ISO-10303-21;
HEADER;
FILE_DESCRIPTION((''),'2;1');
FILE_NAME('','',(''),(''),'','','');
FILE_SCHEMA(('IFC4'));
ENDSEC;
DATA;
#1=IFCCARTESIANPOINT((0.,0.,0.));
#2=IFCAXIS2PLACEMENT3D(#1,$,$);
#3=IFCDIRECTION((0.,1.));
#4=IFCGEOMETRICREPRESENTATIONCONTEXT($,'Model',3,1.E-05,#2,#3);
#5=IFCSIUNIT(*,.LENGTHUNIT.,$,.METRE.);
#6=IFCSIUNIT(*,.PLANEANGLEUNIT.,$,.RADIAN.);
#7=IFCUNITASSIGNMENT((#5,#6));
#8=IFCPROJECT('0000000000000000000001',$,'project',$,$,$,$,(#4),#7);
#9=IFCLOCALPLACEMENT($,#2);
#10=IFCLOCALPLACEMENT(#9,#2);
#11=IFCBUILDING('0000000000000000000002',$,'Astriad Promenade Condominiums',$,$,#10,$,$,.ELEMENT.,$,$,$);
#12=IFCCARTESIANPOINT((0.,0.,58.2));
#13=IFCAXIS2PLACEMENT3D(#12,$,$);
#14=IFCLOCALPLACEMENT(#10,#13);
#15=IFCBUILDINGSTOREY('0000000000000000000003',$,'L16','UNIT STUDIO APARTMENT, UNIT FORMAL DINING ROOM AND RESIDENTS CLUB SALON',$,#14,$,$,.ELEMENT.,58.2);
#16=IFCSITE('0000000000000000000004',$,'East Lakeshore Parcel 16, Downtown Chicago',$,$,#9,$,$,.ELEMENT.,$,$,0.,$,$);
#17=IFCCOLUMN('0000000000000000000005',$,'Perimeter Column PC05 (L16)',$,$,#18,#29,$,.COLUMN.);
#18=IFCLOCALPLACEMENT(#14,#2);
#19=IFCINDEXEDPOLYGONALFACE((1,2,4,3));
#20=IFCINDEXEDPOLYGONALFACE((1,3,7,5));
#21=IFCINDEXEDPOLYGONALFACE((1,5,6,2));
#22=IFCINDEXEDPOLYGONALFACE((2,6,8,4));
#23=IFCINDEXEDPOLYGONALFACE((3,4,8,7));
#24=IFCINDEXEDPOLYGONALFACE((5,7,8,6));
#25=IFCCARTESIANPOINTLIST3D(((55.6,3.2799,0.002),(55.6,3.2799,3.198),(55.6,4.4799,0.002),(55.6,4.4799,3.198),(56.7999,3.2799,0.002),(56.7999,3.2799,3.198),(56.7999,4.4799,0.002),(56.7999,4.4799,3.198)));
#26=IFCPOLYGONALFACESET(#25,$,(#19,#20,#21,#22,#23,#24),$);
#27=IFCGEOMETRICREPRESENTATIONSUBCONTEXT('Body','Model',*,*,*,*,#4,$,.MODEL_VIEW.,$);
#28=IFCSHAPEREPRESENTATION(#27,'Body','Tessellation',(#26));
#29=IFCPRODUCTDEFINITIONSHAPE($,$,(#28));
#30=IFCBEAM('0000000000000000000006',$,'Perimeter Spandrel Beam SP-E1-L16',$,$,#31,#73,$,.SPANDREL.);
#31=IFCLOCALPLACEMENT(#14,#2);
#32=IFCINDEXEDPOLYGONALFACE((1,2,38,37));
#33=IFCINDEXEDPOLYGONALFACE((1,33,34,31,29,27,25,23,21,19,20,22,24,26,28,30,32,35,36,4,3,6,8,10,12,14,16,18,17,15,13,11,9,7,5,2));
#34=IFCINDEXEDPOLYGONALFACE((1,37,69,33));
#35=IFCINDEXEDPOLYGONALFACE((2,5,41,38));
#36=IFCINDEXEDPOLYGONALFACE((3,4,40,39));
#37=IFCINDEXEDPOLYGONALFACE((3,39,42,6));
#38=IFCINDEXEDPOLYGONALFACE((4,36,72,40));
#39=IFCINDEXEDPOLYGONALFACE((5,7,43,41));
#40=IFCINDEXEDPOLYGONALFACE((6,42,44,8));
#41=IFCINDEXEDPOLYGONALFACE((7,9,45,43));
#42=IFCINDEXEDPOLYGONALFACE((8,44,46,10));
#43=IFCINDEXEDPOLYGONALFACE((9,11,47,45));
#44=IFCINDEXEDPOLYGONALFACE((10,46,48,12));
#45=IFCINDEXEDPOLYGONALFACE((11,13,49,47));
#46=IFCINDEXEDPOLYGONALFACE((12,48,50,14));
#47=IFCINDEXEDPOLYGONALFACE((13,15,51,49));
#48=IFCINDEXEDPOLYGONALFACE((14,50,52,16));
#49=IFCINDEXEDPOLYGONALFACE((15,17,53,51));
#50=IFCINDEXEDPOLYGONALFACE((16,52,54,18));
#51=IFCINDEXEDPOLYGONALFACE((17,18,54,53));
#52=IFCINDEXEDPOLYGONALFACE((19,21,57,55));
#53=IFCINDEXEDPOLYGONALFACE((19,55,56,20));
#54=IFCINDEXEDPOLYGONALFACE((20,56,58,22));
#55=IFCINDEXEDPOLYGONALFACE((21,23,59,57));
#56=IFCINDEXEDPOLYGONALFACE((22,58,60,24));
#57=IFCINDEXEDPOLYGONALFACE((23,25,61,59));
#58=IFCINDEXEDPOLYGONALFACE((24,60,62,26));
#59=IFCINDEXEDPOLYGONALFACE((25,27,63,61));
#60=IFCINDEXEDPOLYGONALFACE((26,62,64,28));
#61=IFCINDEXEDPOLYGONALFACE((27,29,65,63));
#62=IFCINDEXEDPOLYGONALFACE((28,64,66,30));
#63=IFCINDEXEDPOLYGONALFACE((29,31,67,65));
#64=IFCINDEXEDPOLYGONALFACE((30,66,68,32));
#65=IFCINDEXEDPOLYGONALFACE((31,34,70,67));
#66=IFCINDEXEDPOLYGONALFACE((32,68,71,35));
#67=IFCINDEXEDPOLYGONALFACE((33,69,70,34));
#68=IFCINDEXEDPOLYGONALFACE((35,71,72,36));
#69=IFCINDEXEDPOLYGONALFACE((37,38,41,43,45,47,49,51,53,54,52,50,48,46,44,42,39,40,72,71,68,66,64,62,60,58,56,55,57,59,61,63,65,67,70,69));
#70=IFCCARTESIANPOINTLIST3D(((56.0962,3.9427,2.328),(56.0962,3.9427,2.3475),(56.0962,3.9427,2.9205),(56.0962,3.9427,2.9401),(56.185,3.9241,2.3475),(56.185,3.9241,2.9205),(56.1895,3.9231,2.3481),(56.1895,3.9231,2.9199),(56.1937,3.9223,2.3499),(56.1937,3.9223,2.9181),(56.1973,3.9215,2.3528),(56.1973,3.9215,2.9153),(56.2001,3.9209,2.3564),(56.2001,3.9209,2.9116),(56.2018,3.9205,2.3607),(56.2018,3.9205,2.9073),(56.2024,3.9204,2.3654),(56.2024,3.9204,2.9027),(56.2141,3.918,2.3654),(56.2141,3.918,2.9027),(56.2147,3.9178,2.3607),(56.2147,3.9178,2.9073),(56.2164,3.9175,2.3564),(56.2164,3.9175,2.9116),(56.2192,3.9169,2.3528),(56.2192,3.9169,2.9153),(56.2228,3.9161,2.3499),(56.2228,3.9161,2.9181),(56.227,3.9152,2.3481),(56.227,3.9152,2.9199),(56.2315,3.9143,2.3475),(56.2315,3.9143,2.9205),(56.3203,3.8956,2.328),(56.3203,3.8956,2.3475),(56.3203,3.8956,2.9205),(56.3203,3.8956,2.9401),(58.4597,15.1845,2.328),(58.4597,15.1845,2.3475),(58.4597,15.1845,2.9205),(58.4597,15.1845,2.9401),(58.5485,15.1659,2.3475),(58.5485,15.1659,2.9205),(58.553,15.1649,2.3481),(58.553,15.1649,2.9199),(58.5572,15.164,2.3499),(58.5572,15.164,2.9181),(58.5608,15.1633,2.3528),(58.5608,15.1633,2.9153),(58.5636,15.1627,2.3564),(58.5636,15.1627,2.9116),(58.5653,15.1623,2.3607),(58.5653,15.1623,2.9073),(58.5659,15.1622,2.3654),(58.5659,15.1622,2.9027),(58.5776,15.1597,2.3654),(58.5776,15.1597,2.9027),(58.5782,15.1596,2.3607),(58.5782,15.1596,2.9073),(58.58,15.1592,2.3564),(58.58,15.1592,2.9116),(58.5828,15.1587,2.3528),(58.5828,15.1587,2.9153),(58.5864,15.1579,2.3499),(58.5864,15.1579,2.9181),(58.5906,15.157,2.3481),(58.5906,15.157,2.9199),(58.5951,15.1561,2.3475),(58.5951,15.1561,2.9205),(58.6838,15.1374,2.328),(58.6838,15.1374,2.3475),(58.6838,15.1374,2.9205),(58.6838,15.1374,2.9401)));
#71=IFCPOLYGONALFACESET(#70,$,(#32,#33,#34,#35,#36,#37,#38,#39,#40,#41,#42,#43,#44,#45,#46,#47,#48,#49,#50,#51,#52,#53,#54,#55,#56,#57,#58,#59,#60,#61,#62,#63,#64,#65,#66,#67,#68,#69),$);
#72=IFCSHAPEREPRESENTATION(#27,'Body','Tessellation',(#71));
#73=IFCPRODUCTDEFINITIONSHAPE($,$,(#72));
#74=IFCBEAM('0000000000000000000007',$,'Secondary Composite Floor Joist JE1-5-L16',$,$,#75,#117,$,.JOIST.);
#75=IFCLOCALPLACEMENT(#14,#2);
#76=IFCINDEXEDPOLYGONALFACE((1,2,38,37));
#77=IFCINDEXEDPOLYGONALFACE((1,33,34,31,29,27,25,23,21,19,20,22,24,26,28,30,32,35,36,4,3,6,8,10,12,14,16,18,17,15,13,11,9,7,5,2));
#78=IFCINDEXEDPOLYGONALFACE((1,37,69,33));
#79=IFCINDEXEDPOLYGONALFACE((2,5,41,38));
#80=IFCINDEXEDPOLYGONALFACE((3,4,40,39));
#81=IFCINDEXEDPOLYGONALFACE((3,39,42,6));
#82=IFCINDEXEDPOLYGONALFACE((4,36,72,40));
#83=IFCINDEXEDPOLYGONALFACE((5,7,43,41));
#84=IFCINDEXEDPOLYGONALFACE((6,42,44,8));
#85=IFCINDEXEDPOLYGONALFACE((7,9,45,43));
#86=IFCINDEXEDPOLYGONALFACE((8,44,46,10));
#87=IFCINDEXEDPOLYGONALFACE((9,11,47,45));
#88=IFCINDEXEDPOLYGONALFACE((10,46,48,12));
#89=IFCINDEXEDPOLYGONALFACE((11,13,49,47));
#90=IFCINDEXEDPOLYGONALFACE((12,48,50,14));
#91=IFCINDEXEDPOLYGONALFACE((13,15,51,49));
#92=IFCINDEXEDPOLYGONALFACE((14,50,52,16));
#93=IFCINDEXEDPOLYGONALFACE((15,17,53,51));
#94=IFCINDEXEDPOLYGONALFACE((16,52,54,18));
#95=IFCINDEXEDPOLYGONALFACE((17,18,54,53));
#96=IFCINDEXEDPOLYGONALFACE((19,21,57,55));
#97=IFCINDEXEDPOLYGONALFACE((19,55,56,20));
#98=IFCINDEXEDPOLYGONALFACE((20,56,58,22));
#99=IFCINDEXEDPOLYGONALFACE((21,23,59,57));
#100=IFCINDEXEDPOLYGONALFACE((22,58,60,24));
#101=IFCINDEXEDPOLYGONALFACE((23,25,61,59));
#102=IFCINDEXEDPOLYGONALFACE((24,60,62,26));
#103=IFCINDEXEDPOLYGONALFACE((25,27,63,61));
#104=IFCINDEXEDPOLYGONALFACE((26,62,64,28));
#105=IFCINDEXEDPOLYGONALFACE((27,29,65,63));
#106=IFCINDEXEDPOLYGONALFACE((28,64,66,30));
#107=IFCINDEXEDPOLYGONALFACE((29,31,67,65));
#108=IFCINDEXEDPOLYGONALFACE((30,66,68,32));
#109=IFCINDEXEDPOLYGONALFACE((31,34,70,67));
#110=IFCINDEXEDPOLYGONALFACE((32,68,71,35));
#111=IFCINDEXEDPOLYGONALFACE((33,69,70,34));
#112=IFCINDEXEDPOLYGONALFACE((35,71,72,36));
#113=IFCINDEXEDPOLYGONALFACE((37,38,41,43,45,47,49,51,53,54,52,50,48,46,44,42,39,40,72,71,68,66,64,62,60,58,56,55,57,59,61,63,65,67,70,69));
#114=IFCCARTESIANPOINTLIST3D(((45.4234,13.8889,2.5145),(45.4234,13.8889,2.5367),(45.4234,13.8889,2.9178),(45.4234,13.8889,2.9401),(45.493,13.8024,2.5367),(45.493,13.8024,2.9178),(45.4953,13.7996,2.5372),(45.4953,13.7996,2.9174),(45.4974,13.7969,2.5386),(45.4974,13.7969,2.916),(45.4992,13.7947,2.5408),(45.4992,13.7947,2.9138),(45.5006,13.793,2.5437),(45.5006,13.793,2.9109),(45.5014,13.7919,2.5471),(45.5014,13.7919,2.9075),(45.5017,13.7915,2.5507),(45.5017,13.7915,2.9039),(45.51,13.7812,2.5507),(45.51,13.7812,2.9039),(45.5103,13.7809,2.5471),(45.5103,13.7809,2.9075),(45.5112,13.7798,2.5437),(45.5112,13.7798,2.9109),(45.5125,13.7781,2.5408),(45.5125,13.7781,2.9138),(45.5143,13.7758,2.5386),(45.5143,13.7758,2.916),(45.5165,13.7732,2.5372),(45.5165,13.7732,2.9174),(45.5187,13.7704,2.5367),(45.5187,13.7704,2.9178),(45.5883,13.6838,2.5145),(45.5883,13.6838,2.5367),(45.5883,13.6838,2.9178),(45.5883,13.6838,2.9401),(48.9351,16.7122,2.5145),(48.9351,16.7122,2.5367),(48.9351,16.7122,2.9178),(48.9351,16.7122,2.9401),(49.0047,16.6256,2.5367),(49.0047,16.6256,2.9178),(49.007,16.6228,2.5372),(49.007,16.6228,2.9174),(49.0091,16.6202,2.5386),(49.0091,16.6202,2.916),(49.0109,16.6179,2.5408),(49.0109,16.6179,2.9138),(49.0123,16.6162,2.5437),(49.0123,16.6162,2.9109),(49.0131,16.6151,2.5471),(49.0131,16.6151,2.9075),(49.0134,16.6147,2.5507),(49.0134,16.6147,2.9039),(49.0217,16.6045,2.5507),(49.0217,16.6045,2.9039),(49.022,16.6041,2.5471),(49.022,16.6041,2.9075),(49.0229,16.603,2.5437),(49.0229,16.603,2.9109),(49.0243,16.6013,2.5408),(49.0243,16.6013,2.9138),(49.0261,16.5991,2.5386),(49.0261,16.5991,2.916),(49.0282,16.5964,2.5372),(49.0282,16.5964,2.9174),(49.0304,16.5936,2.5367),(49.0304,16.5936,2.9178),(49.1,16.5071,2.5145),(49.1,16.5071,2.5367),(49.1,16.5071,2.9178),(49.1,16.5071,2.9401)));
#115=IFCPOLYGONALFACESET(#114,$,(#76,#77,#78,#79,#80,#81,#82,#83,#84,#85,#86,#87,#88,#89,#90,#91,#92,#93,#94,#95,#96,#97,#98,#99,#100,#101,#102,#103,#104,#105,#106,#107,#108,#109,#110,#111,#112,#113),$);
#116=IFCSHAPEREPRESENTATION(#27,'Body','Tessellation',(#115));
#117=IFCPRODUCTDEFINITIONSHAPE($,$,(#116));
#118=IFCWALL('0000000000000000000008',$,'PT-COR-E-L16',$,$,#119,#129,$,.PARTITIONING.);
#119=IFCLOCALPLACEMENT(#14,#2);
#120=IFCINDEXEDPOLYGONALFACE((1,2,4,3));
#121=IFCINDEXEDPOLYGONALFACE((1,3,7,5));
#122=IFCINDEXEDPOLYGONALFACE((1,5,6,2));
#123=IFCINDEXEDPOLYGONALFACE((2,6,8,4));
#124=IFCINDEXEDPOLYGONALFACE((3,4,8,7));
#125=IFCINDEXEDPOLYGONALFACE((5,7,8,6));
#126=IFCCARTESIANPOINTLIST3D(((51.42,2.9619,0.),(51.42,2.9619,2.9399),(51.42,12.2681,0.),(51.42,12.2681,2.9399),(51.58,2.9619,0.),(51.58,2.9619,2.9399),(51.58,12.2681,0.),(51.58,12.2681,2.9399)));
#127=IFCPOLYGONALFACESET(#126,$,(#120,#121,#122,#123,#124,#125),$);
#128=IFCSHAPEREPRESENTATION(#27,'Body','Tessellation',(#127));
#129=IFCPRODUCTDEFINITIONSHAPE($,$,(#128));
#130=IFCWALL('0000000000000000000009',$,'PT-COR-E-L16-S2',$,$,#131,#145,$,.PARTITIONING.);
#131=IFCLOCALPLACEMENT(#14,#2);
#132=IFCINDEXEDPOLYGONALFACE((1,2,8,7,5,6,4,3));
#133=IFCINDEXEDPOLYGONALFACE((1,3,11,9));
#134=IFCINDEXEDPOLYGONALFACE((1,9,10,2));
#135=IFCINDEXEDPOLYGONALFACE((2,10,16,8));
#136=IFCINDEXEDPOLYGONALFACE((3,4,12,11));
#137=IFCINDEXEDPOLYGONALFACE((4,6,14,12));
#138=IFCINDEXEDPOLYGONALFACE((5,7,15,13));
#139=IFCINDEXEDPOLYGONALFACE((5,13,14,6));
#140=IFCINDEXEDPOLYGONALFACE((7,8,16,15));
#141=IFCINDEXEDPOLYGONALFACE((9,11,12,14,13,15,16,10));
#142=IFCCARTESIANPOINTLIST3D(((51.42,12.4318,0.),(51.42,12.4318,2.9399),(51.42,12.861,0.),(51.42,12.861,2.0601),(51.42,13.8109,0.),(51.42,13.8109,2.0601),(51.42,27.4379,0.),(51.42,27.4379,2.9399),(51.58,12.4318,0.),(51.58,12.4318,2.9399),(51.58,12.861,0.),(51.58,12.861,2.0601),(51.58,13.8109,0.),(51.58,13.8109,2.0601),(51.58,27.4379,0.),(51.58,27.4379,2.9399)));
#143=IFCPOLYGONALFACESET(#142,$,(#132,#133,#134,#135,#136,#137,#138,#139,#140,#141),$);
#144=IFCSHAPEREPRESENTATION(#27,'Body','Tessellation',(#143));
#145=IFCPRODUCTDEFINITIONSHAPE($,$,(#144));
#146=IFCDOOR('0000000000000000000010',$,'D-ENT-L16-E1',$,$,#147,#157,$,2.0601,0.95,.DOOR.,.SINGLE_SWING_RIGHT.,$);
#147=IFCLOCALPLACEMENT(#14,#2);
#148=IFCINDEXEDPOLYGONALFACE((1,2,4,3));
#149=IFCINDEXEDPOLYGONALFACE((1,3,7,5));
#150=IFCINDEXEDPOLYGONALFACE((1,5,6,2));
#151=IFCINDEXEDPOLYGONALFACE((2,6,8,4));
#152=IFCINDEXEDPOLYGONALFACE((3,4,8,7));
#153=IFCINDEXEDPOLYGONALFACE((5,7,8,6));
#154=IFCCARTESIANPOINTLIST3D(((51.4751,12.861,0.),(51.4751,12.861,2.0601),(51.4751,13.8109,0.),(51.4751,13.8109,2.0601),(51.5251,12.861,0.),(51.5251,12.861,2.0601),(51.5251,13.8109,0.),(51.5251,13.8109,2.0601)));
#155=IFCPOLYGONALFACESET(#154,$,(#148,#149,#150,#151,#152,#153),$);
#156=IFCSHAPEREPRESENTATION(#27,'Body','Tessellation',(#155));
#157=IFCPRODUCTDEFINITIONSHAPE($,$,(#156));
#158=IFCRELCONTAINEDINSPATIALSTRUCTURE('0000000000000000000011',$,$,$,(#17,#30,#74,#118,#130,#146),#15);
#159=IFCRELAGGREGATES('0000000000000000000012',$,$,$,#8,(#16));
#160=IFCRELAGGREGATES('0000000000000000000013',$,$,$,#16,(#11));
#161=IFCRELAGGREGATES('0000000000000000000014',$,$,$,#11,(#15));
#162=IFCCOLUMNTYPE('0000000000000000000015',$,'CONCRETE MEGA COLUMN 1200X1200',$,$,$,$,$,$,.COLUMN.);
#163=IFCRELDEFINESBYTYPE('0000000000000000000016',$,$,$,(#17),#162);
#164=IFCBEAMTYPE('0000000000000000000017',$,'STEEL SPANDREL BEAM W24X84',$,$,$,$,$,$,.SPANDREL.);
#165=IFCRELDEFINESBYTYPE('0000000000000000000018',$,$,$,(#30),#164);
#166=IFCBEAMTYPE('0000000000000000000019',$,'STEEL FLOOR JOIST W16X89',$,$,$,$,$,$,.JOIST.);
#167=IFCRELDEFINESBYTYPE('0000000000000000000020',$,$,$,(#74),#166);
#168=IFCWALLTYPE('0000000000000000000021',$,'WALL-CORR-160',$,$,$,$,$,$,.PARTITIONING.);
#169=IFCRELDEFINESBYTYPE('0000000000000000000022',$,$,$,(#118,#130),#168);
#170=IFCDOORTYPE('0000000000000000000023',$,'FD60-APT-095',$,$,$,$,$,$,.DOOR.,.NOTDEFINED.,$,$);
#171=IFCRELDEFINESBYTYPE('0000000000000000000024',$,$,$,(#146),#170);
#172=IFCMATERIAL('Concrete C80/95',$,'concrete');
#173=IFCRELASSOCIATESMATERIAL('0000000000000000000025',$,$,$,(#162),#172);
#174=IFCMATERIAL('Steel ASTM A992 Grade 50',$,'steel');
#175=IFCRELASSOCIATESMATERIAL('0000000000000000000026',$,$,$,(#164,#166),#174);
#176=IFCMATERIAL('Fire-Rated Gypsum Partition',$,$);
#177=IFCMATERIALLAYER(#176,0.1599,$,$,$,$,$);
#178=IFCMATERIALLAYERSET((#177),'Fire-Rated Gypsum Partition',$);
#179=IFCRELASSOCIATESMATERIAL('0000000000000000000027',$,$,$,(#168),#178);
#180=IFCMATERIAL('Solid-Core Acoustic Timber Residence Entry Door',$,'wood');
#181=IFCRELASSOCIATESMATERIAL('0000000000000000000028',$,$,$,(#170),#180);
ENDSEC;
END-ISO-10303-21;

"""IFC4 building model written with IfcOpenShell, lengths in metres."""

from ifc_helpers import new_model, si_unit, direction, frame, frame_2d, origin, origin_2d, place, context, subcontext, project, spatial, rectangle, i_section, extrude, source, transform, mapped, material, layer, layer_set, material_profile, profile_set, type_object, type_shapes, element, fill, save


model = new_model("IFC4")

# Units and contexts
model_context = context("Model", 3, precision=1e-05, world=origin(), true_north=direction((0.0, 1.0)))
body_context = subcontext(model_context, "Body", "Model", "MODEL_VIEW")
ifc_project = project(units=[si_unit("LENGTHUNIT", "METRE"), si_unit("PLANEANGLEUNIT", "RADIAN")], contexts=[model_context])

# Site, building, storey
site_placement = place(None, origin())
site = spatial("IfcSite", under=ifc_project, at=site_placement, Name="East Lakeshore Parcel 16, Downtown Chicago", CompositionType="ELEMENT", RefElevation=0.0)
building_placement = place(site_placement, origin())
building = spatial("IfcBuilding", under=site, at=building_placement, Name="Astriad Promenade Condominiums", CompositionType="ELEMENT")
storey_placement = place(building_placement, frame((0.0, 0.0, 58.2)))
storey = spatial("IfcBuildingStorey", under=building, at=storey_placement, Name="L16", Description="UNIT STUDIO APARTMENT, UNIT FORMAL DINING ROOM AND RESIDENTS CLUB SALON", CompositionType="ELEMENT", Elevation=58.2)

# Column
ifc_material_1 = material(Name="Concrete C80/95", Category="concrete")
ifc_material_profile_1 = material_profile(ifc_material_1, rectangle(XDim=1.2, YDim=1.2, at=origin_2d()), Name="RC-COL-1200X1200")
ifc_profile_set_1 = profile_set([ifc_material_profile_1], Name="Concrete C80/95")
column_type = type_object("IfcColumnType", Name="CONCRETE MEGA COLUMN 1200X1200", PredefinedType="COLUMN", material=ifc_profile_set_1)
shared_shape_1 = source(origin(), body_context, "Body", "SweptSolid", [
    extrude(rectangle(XDim=1.2, YDim=1.2, at=origin_2d()), origin(), (0.0, 0.0, 1.0), 3.196),
])
type_shapes(column_type, [shared_shape_1])
column_placement = place(storey_placement, frame((56.2, 3.8799, 0.002), z_axis=(0.0, 0.0, 1.0), x_axis=(1.0, 0.0, 0.0)))
element("IfcColumn", 1, at=column_placement, inside=storey, type_object=column_type, Name="Perimeter Column PC05 (L16)", PredefinedType="COLUMN", context=body_context, shape_type="MappedRepresentation", body=[
    mapped(shared_shape_1, transform((0.0, 0.0, 0.0), scale=1.0)),
])

# Beams
ifc_material_2 = material(Name="Steel ASTM A992 Grade 50", Category="steel")
ifc_material_profile_2 = material_profile(ifc_material_2, i_section(OverallWidth=0.229, OverallDepth=0.6121, WebThickness=0.012, FlangeThickness=0.0195, FilletRadius=0.0178, at=origin_2d()), Name="W24X84")
ifc_profile_set_2 = profile_set([ifc_material_profile_2], Name="Steel ASTM A992 Grade 50")
beam_type_1 = type_object("IfcBeamType", Name="STEEL SPANDREL BEAM W24X84", PredefinedType="SPANDREL", material=ifc_profile_set_2)
shared_shape_2 = source(origin(), body_context, "Body", "SweptSolid", [
    extrude(i_section(OverallWidth=0.229, OverallDepth=0.6121, WebThickness=0.012, FlangeThickness=0.0195, FilletRadius=0.0178, at=origin_2d()), origin(), (0.0, 0.0, 1.0), 11.4875),
])
type_shapes(beam_type_1, [shared_shape_2])
beam_1_placement = place(storey_placement, frame((56.2083, 3.9192, 2.634), z_axis=(0.205748, 0.978605, 0.0), x_axis=(-0.978605, 0.205748, 0.0)))
element("IfcBeam", 2, at=beam_1_placement, inside=storey, type_object=beam_type_1, Name="Perimeter Spandrel Beam SP-E1-L16", PredefinedType="SPANDREL", context=body_context, shape_type="MappedRepresentation", body=[
    mapped(shared_shape_2, transform((0.0, 0.0, 0.0), scale=1.0)),
])
ifc_material_profile_3 = material_profile(ifc_material_2, i_section(OverallWidth=0.2632, OverallDepth=0.4255, WebThickness=0.0132, FlangeThickness=0.0222, FilletRadius=0.0139, at=origin_2d()), Name="W16X89")
ifc_profile_set_3 = profile_set([ifc_material_profile_3], Name="Steel ASTM A992 Grade 50")
beam_type_2 = type_object("IfcBeamType", Name="STEEL FLOOR JOIST W16X89", PredefinedType="JOIST", material=ifc_profile_set_3)
shared_shape_3 = source(origin(), body_context, "Body", "SweptSolid", [
    extrude(i_section(OverallWidth=0.2632, OverallDepth=0.4255, WebThickness=0.0132, FlangeThickness=0.0222, FilletRadius=0.0139, at=origin_2d()), origin(), (0.0, 0.0, 1.0), 4.5059),
])
type_shapes(beam_type_2, [shared_shape_3])
beam_2_placement = place(storey_placement, frame((45.5059, 13.7864, 2.7273), z_axis=(0.779365, 0.62657, 0.0), x_axis=(-0.62657, 0.779365, 0.0)))
element("IfcBeam", 3, at=beam_2_placement, inside=storey, type_object=beam_type_2, Name="Secondary Composite Floor Joist JE1-5-L16", PredefinedType="JOIST", context=body_context, shape_type="MappedRepresentation", body=[
    mapped(shared_shape_3, transform((0.0, 0.0, 0.0), scale=1.0)),
])

# Wall
ifc_material_3 = material(Name="Fire-Rated Gypsum Partition")
ifc_layer_1 = layer(ifc_material_3, 0.1599)
ifc_layer_set_1 = layer_set([ifc_layer_1], Name="Fire-Rated Gypsum Partition")
wall_type_1 = type_object("IfcWallType", Name="WALL-CORR-160", PredefinedType="PARTITIONING", material=ifc_layer_set_1)
wall_1_placement = place(storey_placement, frame((51.5, 2.9619, 0.0), z_axis=(0.0, 0.0, 1.0), x_axis=(0.0, 1.0, 0.0)))
element("IfcWall", 4, at=wall_1_placement, inside=storey, type_object=wall_type_1, Name="PT-COR-E-L16", PredefinedType="PARTITIONING", context=body_context, shape_type="SweptSolid", body=[
    extrude(rectangle(XDim=9.3062, YDim=0.1599, at=frame_2d((4.6531, 0.0))), origin(), (0.0, 0.0, 1.0), 2.9399),
])

# Wall, opening, door
wall_2_placement = place(storey_placement, frame((51.5, 12.4319, 0.0), z_axis=(0.0, 0.0, 1.0), x_axis=(0.0, 1.0, 0.0)))
wall_2 = element("IfcWall", 5, at=wall_2_placement, inside=storey, type_object=wall_type_1, Name="PT-COR-E-L16-S2", PredefinedType="PARTITIONING", context=body_context, shape_type="SweptSolid", body=[
    extrude(rectangle(XDim=15.0061, YDim=0.1599, at=frame_2d((7.5029, 0.0))), origin(), (0.0, 0.0, 1.0), 2.9399),
])
opening_1_placement = place(wall_2_placement, frame((0.429, 0.0, 0.0)))
opening_1 = element("IfcOpeningElement", 6, at=opening_1_placement, cuts=wall_2, PredefinedType="OPENING", context=body_context, shape_type="SweptSolid", body=[
    extrude(rectangle(XDim=0.95, YDim=2.0601, at=frame_2d((0.4751, 1.03))), frame((0.0, 0.0898, 0.0), z_axis=(0.0, -1.0, 0.0), x_axis=(1.0, 0.0, 0.0)), (0.0, 0.0, 1.0), 0.1799),
])
ifc_material_4 = material(Name="Solid-Core Acoustic Timber Residence Entry Door", Category="wood")
door_type_1 = type_object("IfcDoorType", Name="FD60-APT-095", OperationType="NOTDEFINED", PredefinedType="DOOR", material=ifc_material_4)
shared_shape_4 = source(origin(), body_context, "Body", "SweptSolid", [
    extrude(rectangle(XDim=0.95, YDim=2.0601, at=frame_2d((0.4751, 1.03))), frame((0.0, 0.0249, 0.0), z_axis=(0.0, -1.0, 0.0), x_axis=(1.0, 0.0, 0.0)), (0.0, 0.0, 1.0), 0.05),
])
type_shapes(door_type_1, [shared_shape_4])
door_1_placement = place(opening_1_placement, origin())
door_1 = element("IfcDoor", 7, at=door_1_placement, inside=storey, type_object=door_type_1, Name="D-ENT-L16-E1", OperationType="SINGLE_SWING_RIGHT", OverallHeight=2.0601, OverallWidth=0.95, PredefinedType="DOOR", context=body_context, shape_type="MappedRepresentation", body=[
    mapped(shared_shape_4, transform((0.0, 0.0, 0.0), scale=1.0)),
])
fill(opening_1, door_1)

save(model, "model.ifc")
